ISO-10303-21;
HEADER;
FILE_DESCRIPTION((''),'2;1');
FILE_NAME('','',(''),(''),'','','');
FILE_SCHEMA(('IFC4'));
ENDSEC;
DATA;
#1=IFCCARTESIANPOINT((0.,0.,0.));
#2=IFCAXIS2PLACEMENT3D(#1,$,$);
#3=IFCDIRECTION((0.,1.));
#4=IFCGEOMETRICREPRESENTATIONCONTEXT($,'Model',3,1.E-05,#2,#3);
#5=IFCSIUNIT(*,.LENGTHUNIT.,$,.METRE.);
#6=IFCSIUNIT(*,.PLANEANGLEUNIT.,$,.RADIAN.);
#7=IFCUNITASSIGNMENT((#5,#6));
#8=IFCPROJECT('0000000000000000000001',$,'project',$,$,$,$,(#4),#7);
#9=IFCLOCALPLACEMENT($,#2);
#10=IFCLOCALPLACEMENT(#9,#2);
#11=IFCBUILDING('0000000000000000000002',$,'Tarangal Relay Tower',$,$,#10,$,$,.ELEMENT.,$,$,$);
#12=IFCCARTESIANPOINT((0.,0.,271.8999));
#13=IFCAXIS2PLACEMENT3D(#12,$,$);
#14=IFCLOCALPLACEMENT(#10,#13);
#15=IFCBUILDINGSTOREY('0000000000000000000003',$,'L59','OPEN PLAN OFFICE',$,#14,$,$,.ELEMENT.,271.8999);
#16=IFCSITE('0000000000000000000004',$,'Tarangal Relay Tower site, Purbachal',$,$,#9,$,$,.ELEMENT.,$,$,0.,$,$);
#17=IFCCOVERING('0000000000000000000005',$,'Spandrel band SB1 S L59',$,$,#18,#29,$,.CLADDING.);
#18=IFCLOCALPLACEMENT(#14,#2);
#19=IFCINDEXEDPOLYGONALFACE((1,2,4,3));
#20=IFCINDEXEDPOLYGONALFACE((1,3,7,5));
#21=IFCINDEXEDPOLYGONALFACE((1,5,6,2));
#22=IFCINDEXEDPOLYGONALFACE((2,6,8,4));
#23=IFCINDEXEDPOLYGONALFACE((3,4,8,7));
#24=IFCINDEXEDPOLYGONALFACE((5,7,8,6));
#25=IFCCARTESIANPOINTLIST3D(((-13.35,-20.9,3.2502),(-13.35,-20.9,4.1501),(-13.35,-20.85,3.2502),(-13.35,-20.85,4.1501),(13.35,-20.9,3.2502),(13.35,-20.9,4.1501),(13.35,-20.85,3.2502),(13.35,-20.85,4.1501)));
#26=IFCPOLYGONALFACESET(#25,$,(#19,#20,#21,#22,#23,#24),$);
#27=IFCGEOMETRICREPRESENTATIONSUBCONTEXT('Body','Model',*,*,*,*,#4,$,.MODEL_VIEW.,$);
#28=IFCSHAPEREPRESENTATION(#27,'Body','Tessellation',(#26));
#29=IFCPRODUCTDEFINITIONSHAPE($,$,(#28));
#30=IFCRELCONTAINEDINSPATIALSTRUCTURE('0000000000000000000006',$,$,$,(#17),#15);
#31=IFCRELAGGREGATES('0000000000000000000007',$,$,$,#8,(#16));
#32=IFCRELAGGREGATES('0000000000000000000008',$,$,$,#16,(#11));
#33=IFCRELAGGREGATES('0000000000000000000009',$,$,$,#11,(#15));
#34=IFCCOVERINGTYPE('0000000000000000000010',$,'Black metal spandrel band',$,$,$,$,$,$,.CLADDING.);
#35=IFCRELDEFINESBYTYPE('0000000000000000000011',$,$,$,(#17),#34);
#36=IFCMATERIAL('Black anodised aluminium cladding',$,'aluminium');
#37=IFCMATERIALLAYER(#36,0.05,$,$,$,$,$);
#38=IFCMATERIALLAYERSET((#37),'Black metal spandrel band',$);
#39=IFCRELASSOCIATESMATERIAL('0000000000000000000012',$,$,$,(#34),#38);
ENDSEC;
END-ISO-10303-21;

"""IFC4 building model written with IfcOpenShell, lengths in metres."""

from ifc_helpers import new_model, si_unit, direction, frame, origin, origin_2d, place, context, subcontext, project, spatial, rectangle, extrude, material, layer, layer_set, type_object, element, save


model = new_model("IFC4")

# Units and contexts
model_context = context("Model", 3, precision=1e-05, world=origin(), true_north=direction((0.0, 1.0)))
body_context = subcontext(model_context, "Body", "Model", "MODEL_VIEW")
ifc_project = project(units=[si_unit("LENGTHUNIT", "METRE"), si_unit("PLANEANGLEUNIT", "RADIAN")], contexts=[model_context])

# Site, building, storey
site_placement = place(None, origin())
site = spatial("IfcSite", under=ifc_project, at=site_placement, Name="Tarangal Relay Tower site, Purbachal", CompositionType="ELEMENT", RefElevation=0.0)
building_placement = place(site_placement, origin())
building = spatial("IfcBuilding", under=site, at=building_placement, Name="Tarangal Relay Tower", CompositionType="ELEMENT")
storey_placement = place(building_placement, frame((0.0, 0.0, 271.8999)))
storey = spatial("IfcBuildingStorey", under=building, at=storey_placement, Name="L59", Description="OPEN PLAN OFFICE", CompositionType="ELEMENT", Elevation=271.8999)

# Covering
ifc_material_1 = material(Name="Black anodised aluminium cladding", Category="aluminium")
ifc_layer_1 = layer(ifc_material_1, 0.05)
ifc_layer_set_1 = layer_set([ifc_layer_1], Name="Black metal spandrel band")
covering_type = type_object("IfcCoveringType", Name="Black metal spandrel band", PredefinedType="CLADDING", material=ifc_layer_set_1)
covering_placement = place(storey_placement, frame((0.0, -20.875, 3.2502), z_axis=(0.0, 0.0, 1.0), x_axis=(-1.0, 0.0, 0.0)))
element("IfcCovering", 1, at=covering_placement, inside=storey, type_object=covering_type, Name="Spandrel band SB1 S L59", PredefinedType="CLADDING", context=body_context, shape_type="SweptSolid", body=[
    extrude(rectangle(XDim=26.7, YDim=0.05, at=origin_2d()), origin(), (0.0, 0.0, 1.0), 0.8999),
])

save(model, "model.ifc")
